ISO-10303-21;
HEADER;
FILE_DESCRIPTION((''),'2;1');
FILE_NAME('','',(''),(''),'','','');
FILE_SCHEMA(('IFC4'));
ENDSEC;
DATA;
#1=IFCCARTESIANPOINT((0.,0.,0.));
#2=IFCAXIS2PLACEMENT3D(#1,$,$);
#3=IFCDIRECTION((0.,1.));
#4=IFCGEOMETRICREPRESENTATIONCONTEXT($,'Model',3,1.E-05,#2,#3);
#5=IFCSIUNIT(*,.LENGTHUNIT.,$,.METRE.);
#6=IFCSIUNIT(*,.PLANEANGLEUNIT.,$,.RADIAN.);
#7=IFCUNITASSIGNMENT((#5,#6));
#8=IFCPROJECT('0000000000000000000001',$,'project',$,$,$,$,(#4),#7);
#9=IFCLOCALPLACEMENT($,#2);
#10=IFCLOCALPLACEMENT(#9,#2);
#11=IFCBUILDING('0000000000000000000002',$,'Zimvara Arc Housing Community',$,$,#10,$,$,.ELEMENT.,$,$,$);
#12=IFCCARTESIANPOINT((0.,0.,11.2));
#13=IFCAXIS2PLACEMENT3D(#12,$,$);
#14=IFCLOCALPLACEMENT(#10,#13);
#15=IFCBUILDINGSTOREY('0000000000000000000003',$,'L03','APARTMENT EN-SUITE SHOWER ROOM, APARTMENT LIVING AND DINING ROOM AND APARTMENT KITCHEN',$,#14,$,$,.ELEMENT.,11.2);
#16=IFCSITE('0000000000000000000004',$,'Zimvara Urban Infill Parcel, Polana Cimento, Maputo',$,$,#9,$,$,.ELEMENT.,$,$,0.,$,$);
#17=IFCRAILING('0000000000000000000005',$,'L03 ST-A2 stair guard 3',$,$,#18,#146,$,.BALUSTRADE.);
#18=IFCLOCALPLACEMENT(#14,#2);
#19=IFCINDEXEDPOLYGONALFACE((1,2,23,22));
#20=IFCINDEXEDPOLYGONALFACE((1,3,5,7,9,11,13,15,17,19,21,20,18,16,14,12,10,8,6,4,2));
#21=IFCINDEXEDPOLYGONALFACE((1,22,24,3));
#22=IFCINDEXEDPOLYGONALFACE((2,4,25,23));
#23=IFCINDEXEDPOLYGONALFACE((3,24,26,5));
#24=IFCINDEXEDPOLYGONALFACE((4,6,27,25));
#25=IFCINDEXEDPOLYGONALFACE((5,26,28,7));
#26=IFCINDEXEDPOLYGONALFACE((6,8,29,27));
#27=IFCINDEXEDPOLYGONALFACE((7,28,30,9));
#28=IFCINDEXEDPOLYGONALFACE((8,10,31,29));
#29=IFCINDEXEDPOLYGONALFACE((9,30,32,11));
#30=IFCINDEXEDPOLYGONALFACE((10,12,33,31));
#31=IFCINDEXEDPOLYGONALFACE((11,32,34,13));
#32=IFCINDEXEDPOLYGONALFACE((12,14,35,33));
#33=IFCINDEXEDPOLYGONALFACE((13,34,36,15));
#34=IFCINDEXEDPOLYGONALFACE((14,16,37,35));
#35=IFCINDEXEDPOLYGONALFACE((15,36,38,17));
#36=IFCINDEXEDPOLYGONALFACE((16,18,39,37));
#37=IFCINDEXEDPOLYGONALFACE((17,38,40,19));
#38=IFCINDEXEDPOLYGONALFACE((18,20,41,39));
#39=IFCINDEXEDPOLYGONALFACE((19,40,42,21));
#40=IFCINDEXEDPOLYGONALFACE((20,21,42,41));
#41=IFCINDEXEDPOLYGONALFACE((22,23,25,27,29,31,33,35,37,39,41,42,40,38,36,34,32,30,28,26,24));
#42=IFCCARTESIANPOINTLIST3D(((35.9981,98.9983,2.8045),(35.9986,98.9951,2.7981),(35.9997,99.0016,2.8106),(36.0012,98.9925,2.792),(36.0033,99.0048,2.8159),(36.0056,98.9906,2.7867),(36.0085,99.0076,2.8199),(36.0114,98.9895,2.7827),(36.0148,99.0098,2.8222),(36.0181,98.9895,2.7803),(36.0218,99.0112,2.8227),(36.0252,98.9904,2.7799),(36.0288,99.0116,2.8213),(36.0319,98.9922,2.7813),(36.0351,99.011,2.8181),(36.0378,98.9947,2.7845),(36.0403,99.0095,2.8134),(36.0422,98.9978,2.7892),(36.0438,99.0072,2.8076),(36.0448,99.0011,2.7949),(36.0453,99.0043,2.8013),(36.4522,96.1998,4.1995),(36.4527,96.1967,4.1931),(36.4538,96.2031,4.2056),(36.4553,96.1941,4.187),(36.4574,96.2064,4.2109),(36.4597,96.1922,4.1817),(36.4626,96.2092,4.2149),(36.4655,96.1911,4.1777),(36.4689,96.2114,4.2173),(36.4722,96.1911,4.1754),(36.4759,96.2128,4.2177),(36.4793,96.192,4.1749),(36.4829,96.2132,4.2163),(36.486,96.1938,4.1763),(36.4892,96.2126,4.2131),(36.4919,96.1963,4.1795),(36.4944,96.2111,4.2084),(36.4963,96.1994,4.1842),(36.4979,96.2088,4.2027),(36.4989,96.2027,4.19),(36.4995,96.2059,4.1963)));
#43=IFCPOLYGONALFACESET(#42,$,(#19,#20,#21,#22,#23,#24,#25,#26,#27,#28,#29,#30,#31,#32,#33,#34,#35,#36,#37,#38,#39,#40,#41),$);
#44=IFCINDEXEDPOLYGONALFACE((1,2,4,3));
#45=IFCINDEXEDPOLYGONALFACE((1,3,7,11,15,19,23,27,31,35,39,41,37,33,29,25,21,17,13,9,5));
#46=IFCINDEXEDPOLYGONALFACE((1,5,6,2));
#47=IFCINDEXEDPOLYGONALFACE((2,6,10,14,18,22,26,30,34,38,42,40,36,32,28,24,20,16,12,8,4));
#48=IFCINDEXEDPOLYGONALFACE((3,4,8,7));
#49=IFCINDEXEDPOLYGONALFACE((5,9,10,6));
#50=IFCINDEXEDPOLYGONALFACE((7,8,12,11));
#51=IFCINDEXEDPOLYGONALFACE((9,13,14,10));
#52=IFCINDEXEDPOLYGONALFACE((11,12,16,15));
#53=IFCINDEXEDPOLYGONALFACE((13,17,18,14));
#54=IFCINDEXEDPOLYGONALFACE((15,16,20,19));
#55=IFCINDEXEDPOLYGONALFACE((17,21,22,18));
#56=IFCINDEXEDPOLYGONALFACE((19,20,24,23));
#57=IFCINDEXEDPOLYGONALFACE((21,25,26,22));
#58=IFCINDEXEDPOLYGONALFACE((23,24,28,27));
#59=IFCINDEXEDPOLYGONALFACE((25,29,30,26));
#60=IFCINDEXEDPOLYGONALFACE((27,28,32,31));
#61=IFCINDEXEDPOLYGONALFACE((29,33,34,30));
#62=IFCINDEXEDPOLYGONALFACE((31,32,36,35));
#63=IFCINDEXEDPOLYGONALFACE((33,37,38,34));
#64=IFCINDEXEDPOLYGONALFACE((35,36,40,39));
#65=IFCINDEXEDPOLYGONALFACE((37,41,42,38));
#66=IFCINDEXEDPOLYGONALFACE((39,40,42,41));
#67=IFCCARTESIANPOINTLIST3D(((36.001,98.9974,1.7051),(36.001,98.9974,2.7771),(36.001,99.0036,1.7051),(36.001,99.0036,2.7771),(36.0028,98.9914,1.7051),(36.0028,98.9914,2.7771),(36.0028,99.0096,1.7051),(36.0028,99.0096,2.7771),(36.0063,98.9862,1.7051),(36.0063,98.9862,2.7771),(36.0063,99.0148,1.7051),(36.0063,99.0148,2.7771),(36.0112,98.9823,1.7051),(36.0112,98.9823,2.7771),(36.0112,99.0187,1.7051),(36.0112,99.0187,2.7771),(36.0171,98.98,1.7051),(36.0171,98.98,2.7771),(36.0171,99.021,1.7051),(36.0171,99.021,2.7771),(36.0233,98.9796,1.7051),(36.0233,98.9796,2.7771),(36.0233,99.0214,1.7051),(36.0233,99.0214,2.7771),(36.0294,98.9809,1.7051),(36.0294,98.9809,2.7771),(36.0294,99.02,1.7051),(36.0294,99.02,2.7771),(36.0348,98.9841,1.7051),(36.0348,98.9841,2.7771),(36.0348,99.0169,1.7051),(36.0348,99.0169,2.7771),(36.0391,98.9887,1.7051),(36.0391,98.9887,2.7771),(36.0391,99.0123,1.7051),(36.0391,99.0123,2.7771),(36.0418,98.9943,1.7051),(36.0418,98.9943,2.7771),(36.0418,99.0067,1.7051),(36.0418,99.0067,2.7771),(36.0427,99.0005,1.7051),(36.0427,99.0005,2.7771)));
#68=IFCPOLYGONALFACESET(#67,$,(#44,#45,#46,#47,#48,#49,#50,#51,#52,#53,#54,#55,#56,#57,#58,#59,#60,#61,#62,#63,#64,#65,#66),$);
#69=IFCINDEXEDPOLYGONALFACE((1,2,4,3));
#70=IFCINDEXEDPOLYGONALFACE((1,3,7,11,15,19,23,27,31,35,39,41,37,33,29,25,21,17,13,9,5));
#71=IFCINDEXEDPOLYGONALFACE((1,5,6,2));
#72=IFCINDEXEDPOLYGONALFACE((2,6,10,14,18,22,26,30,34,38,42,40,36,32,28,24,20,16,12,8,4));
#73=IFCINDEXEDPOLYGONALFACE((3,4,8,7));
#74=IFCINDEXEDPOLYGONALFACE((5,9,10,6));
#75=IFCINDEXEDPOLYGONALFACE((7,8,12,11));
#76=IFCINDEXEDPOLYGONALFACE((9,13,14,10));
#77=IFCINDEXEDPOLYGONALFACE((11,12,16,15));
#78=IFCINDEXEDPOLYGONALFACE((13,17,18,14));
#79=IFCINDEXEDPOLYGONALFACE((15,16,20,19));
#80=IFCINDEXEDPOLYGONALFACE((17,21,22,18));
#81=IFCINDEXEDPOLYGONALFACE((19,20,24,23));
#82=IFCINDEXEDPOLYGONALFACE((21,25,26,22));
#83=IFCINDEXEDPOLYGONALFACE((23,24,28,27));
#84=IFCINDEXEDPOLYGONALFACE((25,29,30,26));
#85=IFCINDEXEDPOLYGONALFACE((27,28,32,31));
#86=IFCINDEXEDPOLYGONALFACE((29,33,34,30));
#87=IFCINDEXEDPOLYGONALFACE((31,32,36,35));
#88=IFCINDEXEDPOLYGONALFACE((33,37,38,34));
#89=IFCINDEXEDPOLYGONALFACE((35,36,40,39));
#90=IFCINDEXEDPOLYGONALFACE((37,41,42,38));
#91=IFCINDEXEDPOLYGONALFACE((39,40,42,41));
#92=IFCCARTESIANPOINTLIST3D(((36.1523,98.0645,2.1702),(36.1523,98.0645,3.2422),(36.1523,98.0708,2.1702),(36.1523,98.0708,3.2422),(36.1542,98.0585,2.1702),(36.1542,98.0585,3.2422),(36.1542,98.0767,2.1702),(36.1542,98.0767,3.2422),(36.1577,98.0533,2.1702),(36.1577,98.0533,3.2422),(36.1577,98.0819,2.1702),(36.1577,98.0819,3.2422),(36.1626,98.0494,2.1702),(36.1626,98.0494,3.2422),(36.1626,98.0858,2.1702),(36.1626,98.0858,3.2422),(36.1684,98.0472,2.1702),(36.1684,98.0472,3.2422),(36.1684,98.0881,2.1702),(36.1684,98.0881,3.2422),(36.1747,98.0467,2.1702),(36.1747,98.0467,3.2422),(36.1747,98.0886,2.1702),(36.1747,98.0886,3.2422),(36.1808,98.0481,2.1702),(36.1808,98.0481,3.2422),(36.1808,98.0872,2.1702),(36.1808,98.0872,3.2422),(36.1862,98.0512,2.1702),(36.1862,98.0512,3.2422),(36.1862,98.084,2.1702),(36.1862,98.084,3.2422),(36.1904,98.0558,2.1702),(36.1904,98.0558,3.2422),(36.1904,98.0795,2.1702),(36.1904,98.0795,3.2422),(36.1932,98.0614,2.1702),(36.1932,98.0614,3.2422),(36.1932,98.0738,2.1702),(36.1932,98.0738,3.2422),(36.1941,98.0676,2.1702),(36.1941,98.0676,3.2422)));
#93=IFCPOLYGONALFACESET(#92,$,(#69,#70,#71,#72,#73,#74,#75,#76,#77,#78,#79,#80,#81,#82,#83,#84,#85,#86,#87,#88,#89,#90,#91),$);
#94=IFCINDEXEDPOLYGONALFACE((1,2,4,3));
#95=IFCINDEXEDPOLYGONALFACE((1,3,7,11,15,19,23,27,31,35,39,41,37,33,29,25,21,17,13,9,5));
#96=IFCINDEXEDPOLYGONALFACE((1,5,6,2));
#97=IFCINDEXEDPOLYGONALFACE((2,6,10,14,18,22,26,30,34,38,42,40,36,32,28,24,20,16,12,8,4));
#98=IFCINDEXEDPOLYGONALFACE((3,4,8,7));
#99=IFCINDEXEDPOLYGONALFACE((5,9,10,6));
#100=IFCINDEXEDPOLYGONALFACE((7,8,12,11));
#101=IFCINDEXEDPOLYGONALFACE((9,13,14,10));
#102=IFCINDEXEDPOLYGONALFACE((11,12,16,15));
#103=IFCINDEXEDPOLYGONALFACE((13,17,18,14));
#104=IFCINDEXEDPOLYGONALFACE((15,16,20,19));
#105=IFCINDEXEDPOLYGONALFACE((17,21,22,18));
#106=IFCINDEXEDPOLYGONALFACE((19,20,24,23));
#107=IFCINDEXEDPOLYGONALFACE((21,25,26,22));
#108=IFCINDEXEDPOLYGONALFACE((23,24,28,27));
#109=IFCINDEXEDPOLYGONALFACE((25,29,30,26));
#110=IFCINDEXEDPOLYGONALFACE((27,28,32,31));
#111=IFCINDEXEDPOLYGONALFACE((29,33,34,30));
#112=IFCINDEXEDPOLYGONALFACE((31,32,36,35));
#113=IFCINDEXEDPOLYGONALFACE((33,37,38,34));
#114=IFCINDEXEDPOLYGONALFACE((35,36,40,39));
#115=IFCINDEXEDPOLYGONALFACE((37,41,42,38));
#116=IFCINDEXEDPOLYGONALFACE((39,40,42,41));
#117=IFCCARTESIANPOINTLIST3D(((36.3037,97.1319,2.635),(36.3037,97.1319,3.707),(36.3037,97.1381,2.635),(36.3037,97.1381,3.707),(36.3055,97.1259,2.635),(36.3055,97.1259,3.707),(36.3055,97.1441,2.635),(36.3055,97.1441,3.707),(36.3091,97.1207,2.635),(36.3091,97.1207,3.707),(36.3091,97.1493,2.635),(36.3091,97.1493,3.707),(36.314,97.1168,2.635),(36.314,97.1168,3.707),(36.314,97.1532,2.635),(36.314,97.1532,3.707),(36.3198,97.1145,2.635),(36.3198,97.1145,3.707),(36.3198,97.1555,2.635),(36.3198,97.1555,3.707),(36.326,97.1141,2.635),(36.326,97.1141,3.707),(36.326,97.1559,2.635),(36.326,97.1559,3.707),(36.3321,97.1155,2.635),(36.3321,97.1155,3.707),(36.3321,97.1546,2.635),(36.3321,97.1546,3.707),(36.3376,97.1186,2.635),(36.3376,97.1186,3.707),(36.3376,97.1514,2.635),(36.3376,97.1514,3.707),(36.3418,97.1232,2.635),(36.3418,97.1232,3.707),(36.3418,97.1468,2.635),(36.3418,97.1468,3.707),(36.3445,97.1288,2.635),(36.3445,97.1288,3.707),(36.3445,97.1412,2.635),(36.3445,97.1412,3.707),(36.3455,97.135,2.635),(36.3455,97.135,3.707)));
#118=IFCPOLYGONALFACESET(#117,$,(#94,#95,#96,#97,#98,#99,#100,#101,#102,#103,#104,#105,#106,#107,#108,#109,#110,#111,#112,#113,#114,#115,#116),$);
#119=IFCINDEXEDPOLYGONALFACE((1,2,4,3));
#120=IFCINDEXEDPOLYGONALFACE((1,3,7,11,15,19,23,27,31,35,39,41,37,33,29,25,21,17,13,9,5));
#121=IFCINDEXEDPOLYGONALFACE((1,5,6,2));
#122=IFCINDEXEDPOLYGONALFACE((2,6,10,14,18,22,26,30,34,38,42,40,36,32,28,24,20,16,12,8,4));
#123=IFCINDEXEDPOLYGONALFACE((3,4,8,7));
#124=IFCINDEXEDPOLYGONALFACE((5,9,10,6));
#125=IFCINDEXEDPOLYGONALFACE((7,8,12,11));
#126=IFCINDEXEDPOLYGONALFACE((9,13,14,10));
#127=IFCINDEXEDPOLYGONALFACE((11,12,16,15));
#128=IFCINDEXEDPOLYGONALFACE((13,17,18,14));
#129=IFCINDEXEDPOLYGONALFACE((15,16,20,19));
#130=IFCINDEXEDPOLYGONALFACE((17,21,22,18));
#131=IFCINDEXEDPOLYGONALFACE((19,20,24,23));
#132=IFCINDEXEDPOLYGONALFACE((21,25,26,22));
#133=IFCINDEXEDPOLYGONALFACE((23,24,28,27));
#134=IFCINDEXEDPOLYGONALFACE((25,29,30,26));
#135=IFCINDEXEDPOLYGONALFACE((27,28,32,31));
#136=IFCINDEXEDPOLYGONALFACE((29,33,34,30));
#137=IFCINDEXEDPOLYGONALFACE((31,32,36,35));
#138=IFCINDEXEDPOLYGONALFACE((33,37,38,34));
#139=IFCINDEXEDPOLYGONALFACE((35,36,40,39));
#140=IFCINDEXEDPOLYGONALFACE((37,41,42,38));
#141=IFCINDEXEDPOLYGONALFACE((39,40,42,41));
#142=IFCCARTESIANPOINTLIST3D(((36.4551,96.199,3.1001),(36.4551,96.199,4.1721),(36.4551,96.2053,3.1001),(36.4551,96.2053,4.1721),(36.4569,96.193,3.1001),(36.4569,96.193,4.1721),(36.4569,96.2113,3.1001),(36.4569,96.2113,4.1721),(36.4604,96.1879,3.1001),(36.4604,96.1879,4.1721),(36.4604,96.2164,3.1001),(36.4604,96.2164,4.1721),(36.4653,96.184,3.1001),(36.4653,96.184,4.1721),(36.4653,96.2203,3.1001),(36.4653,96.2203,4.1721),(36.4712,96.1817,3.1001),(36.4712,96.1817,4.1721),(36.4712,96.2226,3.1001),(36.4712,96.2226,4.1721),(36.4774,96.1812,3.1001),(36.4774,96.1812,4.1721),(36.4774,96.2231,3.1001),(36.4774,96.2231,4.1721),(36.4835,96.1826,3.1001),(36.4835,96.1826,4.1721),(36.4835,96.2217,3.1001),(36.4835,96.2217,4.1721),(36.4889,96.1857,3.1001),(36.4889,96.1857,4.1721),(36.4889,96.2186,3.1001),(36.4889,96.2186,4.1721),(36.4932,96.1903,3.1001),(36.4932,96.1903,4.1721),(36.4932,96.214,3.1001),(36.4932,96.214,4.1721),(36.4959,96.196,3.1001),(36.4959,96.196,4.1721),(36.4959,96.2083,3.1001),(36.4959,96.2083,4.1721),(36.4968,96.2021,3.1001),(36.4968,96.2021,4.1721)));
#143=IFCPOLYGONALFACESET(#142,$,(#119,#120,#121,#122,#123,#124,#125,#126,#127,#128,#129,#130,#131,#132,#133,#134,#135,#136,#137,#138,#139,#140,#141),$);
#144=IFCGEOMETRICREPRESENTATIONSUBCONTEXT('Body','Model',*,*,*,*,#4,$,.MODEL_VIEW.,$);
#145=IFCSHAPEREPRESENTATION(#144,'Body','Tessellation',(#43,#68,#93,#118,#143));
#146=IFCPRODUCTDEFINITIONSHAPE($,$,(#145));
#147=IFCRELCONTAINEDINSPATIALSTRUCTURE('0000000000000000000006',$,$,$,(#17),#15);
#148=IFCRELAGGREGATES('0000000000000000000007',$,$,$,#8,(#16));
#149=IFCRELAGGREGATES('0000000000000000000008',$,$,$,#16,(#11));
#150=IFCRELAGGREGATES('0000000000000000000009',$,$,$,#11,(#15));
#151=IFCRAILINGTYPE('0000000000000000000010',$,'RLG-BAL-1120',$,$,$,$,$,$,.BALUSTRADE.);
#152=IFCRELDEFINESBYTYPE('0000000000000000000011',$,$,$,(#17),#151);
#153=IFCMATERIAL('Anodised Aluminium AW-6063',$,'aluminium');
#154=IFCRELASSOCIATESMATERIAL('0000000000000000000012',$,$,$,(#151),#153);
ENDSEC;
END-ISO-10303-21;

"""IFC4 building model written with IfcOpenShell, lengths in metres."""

from ifc_helpers import new_model, si_unit, direction, frame, origin, origin_2d, place, context, subcontext, project, spatial, circle, extrude, material, type_object, element, save


model = new_model("IFC4")

# Units and contexts
model_context = context("Model", 3, precision=1e-05, world=origin(), true_north=direction((0.0, 1.0)))
body_context = subcontext(model_context, "Body", "Model", "MODEL_VIEW")
ifc_project = project(units=[si_unit("LENGTHUNIT", "METRE"), si_unit("PLANEANGLEUNIT", "RADIAN")], contexts=[model_context])

# Site, building, storey
site_placement = place(None, origin())
site = spatial("IfcSite", under=ifc_project, at=site_placement, Name="Zimvara Urban Infill Parcel, Polana Cimento, Maputo", CompositionType="ELEMENT", RefElevation=0.0)
building_placement = place(site_placement, origin())
building = spatial("IfcBuilding", under=site, at=building_placement, Name="Zimvara Arc Housing Community", CompositionType="ELEMENT")
storey_placement = place(building_placement, frame((0.0, 0.0, 11.2)))
storey = spatial("IfcBuildingStorey", under=building, at=storey_placement, Name="L03", Description="APARTMENT EN-SUITE SHOWER ROOM, APARTMENT LIVING AND DINING ROOM AND APARTMENT KITCHEN", CompositionType="ELEMENT", Elevation=11.2)

# Railing
ifc_material_1 = material(Name="Anodised Aluminium AW-6063", Category="aluminium")
railing_type = type_object("IfcRailingType", Name="RLG-BAL-1120", PredefinedType="BALUSTRADE", material=ifc_material_1)
railing_1_placement = place(storey_placement, frame((36.0217, 99.0005, 1.7051)))
element("IfcRailing", 1, at=railing_1_placement, inside=storey, type_object=railing_type, Name="L03 ST-A2 stair guard 3", PredefinedType="BALUSTRADE", context=body_context, shape_type="SweptSolid", body=[
    extrude(circle(Radius=0.0239, at=origin_2d()), frame((0.0, 0.0, 1.0962), z_axis=(0.143722, -0.885666, 0.44152), x_axis=(0.987088, 0.16018, 0.0)), (0.0, 0.0, 1.0), 3.1597),
    extrude(circle(Radius=0.021, at=origin_2d()), origin(), (0.0, 0.0, 1.0), 1.072),
    extrude(circle(Radius=0.021, at=origin_2d()), frame((0.1514, -0.9329, 0.4651)), (0.0, 0.0, 1.0), 1.072),
    extrude(circle(Radius=0.021, at=origin_2d()), frame((0.3027, -1.8655, 0.9299)), (0.0, 0.0, 1.0), 1.072),
    extrude(circle(Radius=0.021, at=origin_2d()), frame((0.4541, -2.7983, 1.395)), (0.0, 0.0, 1.0), 1.072),
])

save(model, "model.ifc")
